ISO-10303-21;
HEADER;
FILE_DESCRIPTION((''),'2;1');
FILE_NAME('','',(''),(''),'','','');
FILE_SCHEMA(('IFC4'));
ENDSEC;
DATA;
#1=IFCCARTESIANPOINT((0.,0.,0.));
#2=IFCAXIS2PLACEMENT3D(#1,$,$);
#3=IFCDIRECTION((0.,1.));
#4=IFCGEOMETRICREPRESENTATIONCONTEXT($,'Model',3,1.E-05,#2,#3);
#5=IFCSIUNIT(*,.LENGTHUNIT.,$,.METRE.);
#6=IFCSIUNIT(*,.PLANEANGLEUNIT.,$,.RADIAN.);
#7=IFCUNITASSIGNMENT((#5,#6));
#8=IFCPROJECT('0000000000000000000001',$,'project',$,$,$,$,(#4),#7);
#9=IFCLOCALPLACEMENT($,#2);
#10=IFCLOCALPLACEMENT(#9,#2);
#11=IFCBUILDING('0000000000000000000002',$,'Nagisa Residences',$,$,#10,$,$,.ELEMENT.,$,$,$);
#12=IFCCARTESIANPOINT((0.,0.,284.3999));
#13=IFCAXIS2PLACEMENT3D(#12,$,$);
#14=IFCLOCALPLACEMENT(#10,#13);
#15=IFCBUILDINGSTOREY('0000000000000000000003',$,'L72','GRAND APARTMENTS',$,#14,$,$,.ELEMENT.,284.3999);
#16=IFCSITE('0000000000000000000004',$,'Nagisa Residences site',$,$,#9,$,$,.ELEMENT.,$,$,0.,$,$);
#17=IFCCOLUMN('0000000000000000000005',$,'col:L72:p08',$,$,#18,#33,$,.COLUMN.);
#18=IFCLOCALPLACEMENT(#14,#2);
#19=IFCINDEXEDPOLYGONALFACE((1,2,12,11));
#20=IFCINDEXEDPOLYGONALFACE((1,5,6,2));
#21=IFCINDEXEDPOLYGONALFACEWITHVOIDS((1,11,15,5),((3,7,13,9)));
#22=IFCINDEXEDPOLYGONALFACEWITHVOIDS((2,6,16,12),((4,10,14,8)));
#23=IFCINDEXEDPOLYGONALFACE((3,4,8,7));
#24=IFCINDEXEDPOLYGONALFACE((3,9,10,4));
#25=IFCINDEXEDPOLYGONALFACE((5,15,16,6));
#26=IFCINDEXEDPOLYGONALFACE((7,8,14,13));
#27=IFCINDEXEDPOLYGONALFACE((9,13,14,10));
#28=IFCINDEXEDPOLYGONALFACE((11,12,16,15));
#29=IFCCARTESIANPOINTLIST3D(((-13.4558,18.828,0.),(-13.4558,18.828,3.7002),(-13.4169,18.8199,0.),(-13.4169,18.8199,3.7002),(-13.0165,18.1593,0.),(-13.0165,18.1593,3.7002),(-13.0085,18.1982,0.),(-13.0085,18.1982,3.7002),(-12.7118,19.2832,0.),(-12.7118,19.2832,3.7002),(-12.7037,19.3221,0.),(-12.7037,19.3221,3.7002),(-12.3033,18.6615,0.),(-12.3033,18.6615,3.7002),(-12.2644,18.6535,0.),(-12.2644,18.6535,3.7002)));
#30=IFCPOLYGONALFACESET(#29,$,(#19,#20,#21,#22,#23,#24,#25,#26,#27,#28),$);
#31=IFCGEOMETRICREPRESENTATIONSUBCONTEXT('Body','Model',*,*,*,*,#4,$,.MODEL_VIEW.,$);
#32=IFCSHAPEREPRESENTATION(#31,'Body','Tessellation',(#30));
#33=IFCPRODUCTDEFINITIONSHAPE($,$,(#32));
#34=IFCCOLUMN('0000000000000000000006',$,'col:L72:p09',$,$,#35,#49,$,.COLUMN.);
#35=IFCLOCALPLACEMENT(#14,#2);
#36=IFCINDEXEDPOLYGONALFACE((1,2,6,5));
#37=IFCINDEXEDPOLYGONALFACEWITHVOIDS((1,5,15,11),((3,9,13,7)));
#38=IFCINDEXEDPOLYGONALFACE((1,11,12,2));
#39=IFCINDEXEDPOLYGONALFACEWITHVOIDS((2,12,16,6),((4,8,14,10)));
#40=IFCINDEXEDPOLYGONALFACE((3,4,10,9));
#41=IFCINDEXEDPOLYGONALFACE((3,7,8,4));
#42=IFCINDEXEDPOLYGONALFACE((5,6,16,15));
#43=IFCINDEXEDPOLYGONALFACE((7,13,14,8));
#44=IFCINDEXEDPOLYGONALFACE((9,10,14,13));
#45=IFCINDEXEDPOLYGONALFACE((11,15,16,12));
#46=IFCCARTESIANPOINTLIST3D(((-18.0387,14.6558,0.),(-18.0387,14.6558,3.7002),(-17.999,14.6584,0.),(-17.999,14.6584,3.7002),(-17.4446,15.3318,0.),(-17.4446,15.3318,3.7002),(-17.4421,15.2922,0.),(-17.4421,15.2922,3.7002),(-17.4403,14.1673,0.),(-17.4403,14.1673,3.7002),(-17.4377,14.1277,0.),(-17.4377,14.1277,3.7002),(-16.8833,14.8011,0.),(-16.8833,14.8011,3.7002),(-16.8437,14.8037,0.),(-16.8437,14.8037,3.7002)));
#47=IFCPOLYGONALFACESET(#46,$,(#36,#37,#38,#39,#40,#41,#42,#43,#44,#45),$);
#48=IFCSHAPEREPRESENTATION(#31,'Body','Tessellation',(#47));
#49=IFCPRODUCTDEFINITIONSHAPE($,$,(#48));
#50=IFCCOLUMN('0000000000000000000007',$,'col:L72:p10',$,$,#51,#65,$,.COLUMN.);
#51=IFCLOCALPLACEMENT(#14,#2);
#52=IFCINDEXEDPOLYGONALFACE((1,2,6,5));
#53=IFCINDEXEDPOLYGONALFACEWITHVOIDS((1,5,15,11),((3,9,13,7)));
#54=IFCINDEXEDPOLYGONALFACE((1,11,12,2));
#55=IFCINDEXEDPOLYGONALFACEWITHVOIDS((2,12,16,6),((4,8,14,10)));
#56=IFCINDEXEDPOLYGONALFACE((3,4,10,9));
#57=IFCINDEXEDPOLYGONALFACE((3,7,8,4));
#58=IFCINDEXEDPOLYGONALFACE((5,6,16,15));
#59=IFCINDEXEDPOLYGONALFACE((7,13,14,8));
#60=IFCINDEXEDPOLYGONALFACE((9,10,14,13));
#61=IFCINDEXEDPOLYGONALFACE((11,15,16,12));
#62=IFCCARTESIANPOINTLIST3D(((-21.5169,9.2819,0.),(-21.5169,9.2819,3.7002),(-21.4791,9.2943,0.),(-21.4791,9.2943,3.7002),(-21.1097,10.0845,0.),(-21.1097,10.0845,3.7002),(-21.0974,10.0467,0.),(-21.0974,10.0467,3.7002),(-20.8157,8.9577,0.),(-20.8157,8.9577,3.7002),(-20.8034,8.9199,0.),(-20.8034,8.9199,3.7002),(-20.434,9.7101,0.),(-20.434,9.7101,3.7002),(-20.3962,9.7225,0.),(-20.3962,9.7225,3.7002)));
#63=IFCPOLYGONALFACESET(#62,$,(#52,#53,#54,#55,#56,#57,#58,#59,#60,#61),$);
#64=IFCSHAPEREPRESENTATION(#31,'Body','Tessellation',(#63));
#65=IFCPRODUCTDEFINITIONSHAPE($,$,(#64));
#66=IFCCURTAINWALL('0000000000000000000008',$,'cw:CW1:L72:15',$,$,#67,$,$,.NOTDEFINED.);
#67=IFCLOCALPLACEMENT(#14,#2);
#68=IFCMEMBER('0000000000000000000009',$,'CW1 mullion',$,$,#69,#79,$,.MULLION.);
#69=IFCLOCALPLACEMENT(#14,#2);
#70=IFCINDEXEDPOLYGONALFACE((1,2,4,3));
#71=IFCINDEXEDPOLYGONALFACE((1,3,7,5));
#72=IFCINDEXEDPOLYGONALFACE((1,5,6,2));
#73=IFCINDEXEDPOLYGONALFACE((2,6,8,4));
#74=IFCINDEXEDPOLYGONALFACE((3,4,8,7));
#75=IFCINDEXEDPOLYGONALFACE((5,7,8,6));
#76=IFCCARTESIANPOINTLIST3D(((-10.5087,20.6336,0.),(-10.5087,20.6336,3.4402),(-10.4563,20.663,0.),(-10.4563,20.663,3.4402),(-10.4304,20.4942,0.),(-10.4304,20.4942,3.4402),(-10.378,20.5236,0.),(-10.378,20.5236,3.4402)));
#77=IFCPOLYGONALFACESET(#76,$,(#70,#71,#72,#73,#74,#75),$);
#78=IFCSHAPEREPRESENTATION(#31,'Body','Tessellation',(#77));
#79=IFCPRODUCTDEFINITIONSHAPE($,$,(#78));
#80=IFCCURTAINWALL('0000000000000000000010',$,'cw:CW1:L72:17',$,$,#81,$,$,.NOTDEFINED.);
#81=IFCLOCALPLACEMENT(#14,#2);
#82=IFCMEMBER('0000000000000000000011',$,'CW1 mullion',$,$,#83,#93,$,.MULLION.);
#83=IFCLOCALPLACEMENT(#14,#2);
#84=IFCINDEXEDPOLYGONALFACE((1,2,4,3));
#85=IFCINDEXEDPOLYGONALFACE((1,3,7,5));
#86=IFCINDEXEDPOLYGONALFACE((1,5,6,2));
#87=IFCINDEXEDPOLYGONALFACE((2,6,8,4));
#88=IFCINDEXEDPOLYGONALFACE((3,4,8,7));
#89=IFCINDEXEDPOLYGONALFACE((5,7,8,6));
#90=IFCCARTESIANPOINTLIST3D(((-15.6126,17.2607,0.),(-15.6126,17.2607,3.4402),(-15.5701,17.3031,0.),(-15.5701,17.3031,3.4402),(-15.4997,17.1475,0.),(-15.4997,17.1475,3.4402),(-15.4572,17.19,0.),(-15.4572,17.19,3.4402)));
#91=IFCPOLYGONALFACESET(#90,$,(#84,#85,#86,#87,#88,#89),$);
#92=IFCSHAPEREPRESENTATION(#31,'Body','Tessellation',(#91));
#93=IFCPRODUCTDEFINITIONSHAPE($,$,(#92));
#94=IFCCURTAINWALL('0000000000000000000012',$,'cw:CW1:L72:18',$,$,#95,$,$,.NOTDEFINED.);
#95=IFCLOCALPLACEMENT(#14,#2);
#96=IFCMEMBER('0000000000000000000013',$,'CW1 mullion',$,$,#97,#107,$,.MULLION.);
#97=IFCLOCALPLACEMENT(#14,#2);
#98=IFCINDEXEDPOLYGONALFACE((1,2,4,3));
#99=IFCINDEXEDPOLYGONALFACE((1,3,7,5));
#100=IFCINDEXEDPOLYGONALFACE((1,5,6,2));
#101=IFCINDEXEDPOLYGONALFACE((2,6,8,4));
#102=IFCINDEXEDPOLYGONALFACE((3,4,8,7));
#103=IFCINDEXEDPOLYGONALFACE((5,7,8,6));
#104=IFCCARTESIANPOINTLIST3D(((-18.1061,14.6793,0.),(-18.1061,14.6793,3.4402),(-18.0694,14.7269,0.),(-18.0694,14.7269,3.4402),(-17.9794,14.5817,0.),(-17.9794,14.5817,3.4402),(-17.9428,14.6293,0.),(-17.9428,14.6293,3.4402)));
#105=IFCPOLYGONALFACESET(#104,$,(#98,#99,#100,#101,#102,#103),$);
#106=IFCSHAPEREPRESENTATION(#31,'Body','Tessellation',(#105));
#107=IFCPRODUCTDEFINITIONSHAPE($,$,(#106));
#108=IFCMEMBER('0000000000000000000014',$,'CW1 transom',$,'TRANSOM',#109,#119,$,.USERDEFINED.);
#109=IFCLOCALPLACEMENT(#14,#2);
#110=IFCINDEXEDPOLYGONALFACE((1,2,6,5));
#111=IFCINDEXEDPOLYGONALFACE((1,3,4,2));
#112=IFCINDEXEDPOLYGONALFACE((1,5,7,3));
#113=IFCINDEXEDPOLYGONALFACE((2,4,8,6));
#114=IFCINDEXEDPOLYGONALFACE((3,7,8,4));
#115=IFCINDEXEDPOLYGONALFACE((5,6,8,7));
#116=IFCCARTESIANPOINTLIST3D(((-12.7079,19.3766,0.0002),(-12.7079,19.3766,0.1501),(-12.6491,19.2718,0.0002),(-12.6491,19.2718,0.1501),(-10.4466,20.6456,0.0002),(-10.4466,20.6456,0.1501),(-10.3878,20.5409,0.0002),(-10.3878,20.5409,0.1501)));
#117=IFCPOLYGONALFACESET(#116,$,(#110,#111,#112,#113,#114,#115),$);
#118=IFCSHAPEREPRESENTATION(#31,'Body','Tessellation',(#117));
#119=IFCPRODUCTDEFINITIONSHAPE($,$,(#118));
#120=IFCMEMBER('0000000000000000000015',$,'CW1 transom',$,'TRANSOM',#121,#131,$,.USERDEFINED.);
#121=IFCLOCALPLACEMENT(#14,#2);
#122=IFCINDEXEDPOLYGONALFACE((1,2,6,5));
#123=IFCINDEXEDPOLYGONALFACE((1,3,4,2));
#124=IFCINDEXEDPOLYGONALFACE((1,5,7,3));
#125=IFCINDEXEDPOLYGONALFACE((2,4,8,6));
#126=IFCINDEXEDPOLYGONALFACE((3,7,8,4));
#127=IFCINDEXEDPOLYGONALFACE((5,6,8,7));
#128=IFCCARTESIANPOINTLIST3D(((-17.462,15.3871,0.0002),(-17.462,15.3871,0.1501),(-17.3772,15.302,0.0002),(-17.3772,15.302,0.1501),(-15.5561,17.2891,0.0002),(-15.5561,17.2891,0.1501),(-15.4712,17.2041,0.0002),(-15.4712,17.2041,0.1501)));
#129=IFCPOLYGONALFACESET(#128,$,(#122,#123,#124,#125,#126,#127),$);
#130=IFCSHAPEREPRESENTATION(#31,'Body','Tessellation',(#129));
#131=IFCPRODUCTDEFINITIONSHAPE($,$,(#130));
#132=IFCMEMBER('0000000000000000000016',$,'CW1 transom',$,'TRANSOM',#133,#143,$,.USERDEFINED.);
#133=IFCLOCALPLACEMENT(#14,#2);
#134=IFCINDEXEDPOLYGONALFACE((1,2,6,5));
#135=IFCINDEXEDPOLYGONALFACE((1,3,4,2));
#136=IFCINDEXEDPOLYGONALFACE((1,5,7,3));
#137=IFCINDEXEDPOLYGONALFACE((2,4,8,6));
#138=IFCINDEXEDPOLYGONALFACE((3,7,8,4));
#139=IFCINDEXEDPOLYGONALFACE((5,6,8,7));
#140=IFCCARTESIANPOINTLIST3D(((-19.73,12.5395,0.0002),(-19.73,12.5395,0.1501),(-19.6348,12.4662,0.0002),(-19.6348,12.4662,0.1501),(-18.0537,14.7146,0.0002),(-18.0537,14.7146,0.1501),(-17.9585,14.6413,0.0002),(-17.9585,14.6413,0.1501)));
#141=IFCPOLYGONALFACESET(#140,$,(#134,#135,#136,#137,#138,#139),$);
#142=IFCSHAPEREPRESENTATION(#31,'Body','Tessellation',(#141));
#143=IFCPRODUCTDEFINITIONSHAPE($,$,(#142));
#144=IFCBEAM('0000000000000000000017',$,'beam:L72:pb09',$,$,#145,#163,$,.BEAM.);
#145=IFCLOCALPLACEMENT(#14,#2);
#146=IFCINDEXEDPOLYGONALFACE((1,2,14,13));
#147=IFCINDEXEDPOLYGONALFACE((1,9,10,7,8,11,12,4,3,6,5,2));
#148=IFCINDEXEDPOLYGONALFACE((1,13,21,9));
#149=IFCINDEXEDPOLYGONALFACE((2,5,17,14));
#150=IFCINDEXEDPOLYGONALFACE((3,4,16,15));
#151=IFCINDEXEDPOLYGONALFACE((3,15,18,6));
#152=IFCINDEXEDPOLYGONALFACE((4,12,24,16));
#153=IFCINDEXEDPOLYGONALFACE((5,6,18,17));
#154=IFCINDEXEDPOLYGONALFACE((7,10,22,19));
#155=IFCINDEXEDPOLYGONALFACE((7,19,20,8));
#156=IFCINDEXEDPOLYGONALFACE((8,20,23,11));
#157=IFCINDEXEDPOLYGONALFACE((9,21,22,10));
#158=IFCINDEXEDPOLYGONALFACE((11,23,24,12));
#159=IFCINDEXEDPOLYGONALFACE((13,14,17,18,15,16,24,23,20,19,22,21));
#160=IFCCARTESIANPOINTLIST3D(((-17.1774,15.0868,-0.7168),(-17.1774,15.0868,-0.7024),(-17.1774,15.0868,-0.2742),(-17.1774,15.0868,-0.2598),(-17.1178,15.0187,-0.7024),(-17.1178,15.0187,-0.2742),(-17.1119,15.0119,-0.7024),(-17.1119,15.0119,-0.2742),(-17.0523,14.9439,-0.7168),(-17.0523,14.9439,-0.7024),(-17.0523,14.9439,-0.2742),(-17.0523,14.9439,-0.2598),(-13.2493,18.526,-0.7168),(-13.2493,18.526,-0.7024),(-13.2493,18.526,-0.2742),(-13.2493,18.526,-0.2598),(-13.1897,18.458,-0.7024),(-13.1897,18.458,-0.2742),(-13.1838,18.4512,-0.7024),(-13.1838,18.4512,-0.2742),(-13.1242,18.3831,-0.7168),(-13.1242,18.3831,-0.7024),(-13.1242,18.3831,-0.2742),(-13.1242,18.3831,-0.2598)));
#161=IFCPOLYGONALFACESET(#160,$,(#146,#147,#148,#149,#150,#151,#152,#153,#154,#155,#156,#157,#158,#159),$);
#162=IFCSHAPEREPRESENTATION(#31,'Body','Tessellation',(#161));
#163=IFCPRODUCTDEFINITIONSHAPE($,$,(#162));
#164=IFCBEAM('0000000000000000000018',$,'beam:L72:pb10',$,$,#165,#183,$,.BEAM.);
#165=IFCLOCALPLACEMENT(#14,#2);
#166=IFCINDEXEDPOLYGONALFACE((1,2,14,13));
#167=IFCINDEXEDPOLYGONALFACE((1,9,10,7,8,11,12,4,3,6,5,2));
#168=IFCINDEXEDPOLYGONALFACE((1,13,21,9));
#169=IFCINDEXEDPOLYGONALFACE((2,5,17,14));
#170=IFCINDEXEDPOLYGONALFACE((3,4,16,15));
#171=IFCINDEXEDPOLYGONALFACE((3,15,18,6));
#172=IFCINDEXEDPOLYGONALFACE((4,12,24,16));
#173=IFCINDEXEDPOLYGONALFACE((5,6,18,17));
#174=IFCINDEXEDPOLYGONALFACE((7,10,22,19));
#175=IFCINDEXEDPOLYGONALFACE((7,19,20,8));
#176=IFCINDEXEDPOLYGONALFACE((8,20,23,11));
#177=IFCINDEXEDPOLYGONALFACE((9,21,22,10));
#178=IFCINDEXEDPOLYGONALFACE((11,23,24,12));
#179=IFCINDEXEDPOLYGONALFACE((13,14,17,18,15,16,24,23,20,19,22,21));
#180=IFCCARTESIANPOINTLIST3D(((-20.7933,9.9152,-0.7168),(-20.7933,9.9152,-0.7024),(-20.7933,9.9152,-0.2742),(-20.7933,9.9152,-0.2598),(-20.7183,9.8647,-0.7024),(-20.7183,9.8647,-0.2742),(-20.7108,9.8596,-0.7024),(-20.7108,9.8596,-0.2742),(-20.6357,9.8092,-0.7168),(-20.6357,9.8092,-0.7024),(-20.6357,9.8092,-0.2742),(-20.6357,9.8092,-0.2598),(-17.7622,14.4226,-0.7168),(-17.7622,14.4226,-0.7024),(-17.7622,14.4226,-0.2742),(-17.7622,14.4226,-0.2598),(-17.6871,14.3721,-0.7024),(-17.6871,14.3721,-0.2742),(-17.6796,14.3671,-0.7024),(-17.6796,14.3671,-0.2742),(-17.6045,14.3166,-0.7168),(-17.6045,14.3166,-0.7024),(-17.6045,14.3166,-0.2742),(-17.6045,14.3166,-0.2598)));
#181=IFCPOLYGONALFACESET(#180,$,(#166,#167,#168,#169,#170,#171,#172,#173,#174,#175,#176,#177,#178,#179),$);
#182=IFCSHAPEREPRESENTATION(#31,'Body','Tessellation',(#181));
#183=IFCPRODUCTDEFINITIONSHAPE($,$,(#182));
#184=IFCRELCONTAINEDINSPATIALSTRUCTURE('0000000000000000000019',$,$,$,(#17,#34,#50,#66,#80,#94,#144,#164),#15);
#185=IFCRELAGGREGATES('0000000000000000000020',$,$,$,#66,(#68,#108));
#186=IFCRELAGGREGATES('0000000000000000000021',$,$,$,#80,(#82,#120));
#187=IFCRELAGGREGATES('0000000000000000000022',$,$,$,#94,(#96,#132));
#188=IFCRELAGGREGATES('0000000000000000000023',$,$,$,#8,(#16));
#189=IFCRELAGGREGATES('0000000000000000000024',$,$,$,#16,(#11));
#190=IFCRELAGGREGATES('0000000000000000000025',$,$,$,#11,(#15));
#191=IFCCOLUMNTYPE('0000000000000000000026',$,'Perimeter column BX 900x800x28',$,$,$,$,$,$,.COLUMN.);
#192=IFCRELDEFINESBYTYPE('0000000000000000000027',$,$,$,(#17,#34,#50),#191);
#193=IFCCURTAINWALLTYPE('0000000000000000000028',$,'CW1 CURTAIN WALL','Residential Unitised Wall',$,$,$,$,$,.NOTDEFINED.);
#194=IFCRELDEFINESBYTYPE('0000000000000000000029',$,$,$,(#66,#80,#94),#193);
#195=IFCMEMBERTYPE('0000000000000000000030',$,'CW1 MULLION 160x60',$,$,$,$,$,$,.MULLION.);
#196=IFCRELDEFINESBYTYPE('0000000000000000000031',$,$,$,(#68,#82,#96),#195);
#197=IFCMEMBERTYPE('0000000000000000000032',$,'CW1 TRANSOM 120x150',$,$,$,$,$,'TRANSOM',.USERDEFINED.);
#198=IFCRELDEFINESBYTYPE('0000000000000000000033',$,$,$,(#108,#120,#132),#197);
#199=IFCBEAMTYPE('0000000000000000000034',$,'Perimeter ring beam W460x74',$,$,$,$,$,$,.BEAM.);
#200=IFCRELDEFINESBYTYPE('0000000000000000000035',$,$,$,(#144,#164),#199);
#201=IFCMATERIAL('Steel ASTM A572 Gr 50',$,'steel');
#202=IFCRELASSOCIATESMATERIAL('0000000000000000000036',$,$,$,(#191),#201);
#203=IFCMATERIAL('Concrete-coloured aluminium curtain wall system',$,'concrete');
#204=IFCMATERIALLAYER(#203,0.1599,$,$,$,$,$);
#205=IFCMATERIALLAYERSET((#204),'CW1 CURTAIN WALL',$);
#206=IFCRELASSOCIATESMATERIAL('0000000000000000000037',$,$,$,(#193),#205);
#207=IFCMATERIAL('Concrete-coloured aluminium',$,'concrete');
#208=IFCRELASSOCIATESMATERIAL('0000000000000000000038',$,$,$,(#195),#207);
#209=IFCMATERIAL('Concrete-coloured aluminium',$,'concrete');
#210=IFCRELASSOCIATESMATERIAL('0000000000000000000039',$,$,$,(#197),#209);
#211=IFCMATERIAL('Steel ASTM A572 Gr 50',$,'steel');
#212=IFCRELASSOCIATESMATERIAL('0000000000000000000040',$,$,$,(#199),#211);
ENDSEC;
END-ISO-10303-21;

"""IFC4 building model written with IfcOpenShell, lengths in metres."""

from ifc_helpers import new_model, si_unit, direction, frame, origin, origin_2d, place, context, subcontext, project, spatial, rectangle, hollow_rectangle, i_section, extrude, material, layer, layer_set, material_profile, profile_set, type_object, element, aggregate, save


model = new_model("IFC4")

# Units and contexts
model_context = context("Model", 3, precision=1e-05, world=origin(), true_north=direction((0.0, 1.0)))
body_context = subcontext(model_context, "Body", "Model", "MODEL_VIEW")
ifc_project = project(units=[si_unit("LENGTHUNIT", "METRE"), si_unit("PLANEANGLEUNIT", "RADIAN")], contexts=[model_context])

# Site, building, storey
site_placement = place(None, origin())
site = spatial("IfcSite", under=ifc_project, at=site_placement, Name="Nagisa Residences site", CompositionType="ELEMENT", RefElevation=0.0)
building_placement = place(site_placement, origin())
building = spatial("IfcBuilding", under=site, at=building_placement, Name="Nagisa Residences", CompositionType="ELEMENT")
storey_placement = place(building_placement, frame((0.0, 0.0, 284.3999)))
storey = spatial("IfcBuildingStorey", under=building, at=storey_placement, Name="L72", Description="GRAND APARTMENTS", CompositionType="ELEMENT", Elevation=284.3999)

# Columns
ifc_material_1 = material(Name="Steel ASTM A572 Gr 50", Category="steel")
ifc_material_profile_1 = material_profile(ifc_material_1, hollow_rectangle(XDim=0.8999, YDim=0.8, WallThickness=0.0281, at=origin_2d()), Name="BX 900x800x28")
ifc_profile_set_1 = profile_set([ifc_material_profile_1], Name="Steel ASTM A572 Gr 50")
column_type = type_object("IfcColumnType", Name="Perimeter column BX 900x800x28", PredefinedType="COLUMN", material=ifc_profile_set_1)
for number, where, z_axis, x_axis, name in (
    (1, (-12.8601, 18.7407, 0.0), (0.0, 0.0, 1.0), (-0.835766, -0.549086, 0.0), "col:L72:p08"),
    (2, (-17.4412, 14.7297, 0.0), (0.0, 0.0, 1.0), (-0.660115, -0.751165, 0.0), "col:L72:p09"),
    (3, (-20.9565, 9.5022, 0.0), (0.0, 0.0, 1.0), (-0.452463, -0.891783, 0.0), "col:L72:p10"),
):
    element("IfcColumn", number, at=place(storey_placement, frame(where, z_axis=z_axis, x_axis=x_axis)), inside=storey, type_object=column_type, Name=name, PredefinedType="COLUMN", context=body_context, shape_type="SweptSolid", body=[
        extrude(hollow_rectangle(XDim=0.8999, YDim=0.8, WallThickness=0.0281, at=origin_2d()), origin(), (0.0, 0.0, 1.0), 3.7002),
    ])

# Curtain walls, members
ifc_material_2 = material(Name="Concrete-coloured aluminium curtain wall system", Category="concrete")
ifc_layer_1 = layer(ifc_material_2, 0.1599)
ifc_layer_set_1 = layer_set([ifc_layer_1], Name="CW1 CURTAIN WALL")
curtain_wall_type = type_object("IfcCurtainWallType", Name="CW1 CURTAIN WALL", Description="Residential Unitised Wall", PredefinedType="NOTDEFINED", material=ifc_layer_set_1)
curtain_wall_1_placement = place(storey_placement, origin())
curtain_wall_1 = element("IfcCurtainWall", 4, at=curtain_wall_1_placement, inside=storey, type_object=curtain_wall_type, Name="cw:CW1:L72:15", PredefinedType="NOTDEFINED")
ifc_material_3 = material(Name="Concrete-coloured aluminium", Category="concrete")
ifc_material_profile_2 = material_profile(ifc_material_3, rectangle(XDim=0.1599, YDim=0.0601, at=origin_2d()), Name="CW1 MULLION 160x60")
ifc_profile_set_2 = profile_set([ifc_material_profile_2], Name="Concrete-coloured aluminium")
member_type_1 = type_object("IfcMemberType", Name="CW1 MULLION 160x60", PredefinedType="MULLION", material=ifc_profile_set_2)
member_1_placement = place(storey_placement, frame((-10.4434, 20.5786, 0.0), z_axis=(0.0, 0.0, 1.0), x_axis=(0.489377, -0.872072, 0.0)))
member_1 = element("IfcMember", 5, at=member_1_placement, type_object=member_type_1, Name="CW1 mullion", PredefinedType="MULLION", context=body_context, shape_type="SweptSolid", body=[
    extrude(rectangle(XDim=0.1599, YDim=0.0601, at=origin_2d()), origin(), (0.0, 0.0, 1.0), 3.4402),
])
curtain_wall_2_placement = place(storey_placement, origin())
curtain_wall_2 = element("IfcCurtainWall", 6, at=curtain_wall_2_placement, inside=storey, type_object=curtain_wall_type, Name="cw:CW1:L72:17", PredefinedType="NOTDEFINED")
member_2_placement = place(storey_placement, frame((-15.5349, 17.2253, 0.0), z_axis=(0.0, 0.0, 1.0), x_axis=(0.706377, -0.707836, 0.0)))
member_2 = element("IfcMember", 7, at=member_2_placement, type_object=member_type_1, Name="CW1 mullion", PredefinedType="MULLION", context=body_context, shape_type="SweptSolid", body=[
    extrude(rectangle(XDim=0.1599, YDim=0.0601, at=origin_2d()), origin(), (0.0, 0.0, 1.0), 3.4402),
])
curtain_wall_3_placement = place(storey_placement, origin())
curtain_wall_3 = element("IfcCurtainWall", 8, at=curtain_wall_3_placement, inside=storey, type_object=curtain_wall_type, Name="cw:CW1:L72:18", PredefinedType="NOTDEFINED")
member_3_placement = place(storey_placement, frame((-18.0244, 14.6543, 0.0), z_axis=(0.0, 0.0, 1.0), x_axis=(0.79207, -0.61043, 0.0)))
member_3 = element("IfcMember", 9, at=member_3_placement, type_object=member_type_1, Name="CW1 mullion", PredefinedType="MULLION", context=body_context, shape_type="SweptSolid", body=[
    extrude(rectangle(XDim=0.1599, YDim=0.0601, at=origin_2d()), origin(), (0.0, 0.0, 1.0), 3.4402),
])

# Members
ifc_material_4 = material(Name="Concrete-coloured aluminium", Category="concrete")
ifc_material_profile_3 = material_profile(ifc_material_4, rectangle(XDim=0.1201, YDim=0.1499, at=origin_2d()), Name="CW1 TRANSOM 120x150")
ifc_profile_set_3 = profile_set([ifc_material_profile_3], Name="Concrete-coloured aluminium")
member_type_2 = type_object("IfcMemberType", Name="CW1 TRANSOM 120x150", ElementType="TRANSOM", PredefinedType="USERDEFINED", material=ifc_profile_set_3)
member_4_placement = place(storey_placement, frame((-10.4172, 20.5933, 0.0752), z_axis=(-0.872053, -0.489412, 0.0), x_axis=(0.489412, -0.872053, 0.0)))
member_4 = element("IfcMember", 10, at=member_4_placement, type_object=member_type_2, Name="CW1 transom", ObjectType="TRANSOM", PredefinedType="USERDEFINED", context=body_context, shape_type="SweptSolid", body=[
    extrude(rectangle(XDim=0.1201, YDim=0.1499, at=origin_2d()), origin(), (0.0, 0.0, 1.0), 2.593),
])
member_5_placement = place(storey_placement, frame((-15.5137, 17.2466, 0.0752), z_axis=(-0.707832, -0.706381, 0.0), x_axis=(0.706381, -0.707832, 0.0)))
member_5 = element("IfcMember", 11, at=member_5_placement, type_object=member_type_2, Name="CW1 transom", ObjectType="TRANSOM", PredefinedType="USERDEFINED", context=body_context, shape_type="SweptSolid", body=[
    extrude(rectangle(XDim=0.1201, YDim=0.1499, at=origin_2d()), origin(), (0.0, 0.0, 1.0), 2.6926),
])
member_6_placement = place(storey_placement, frame((-18.0061, 14.678, 0.0752), z_axis=(-0.610432, -0.792068, 0.0), x_axis=(0.792068, -0.610432, 0.0)))
member_6 = element("IfcMember", 12, at=member_6_placement, type_object=member_type_2, Name="CW1 transom", ObjectType="TRANSOM", PredefinedType="USERDEFINED", context=body_context, shape_type="SweptSolid", body=[
    extrude(rectangle(XDim=0.1201, YDim=0.1499, at=origin_2d()), origin(), (0.0, 0.0, 1.0), 2.7461),
])

# Beams
ifc_material_5 = material(Name="Steel ASTM A572 Gr 50", Category="steel")
ifc_material_profile_4 = material_profile(ifc_material_5, i_section(OverallWidth=0.1899, OverallDepth=0.457, WebThickness=0.009, FlangeThickness=0.0144, at=origin_2d()), Name="W460x74")
ifc_profile_set_4 = profile_set([ifc_material_profile_4], Name="Steel ASTM A572 Gr 50")
beam_type_1 = type_object("IfcBeamType", Name="Perimeter ring beam W460x74", PredefinedType="BEAM", material=ifc_profile_set_4)
beam_1_placement = place(storey_placement, frame((-13.1868, 18.4546, -0.4883), z_axis=(-0.752365, -0.658746, 0.0), x_axis=(0.658746, -0.752365, 0.0)))
element("IfcBeam", 13, at=beam_1_placement, inside=storey, type_object=beam_type_1, Name="beam:L72:pb09", PredefinedType="BEAM", context=body_context, shape_type="SweptSolid", body=[
    extrude(i_section(OverallWidth=0.1899, OverallDepth=0.457, WebThickness=0.009, FlangeThickness=0.0144, at=origin_2d()), origin(), (0.0, 0.0, 1.0), 5.2209),
])
beam_2_placement = place(storey_placement, frame((-17.6833, 14.3696, -0.4883), z_axis=(-0.558035, -0.829817, 0.0), x_axis=(0.829817, -0.558035, 0.0)))
element("IfcBeam", 14, at=beam_2_placement, inside=storey, type_object=beam_type_1, Name="beam:L72:pb10", PredefinedType="BEAM", context=body_context, shape_type="SweptSolid", body=[
    extrude(i_section(OverallWidth=0.1899, OverallDepth=0.457, WebThickness=0.009, FlangeThickness=0.0144, at=origin_2d()), origin(), (0.0, 0.0, 1.0), 5.4319),
])

aggregate(curtain_wall_1, [member_1, member_4])
aggregate(curtain_wall_2, [member_2, member_5])
aggregate(curtain_wall_3, [member_3, member_6])

save(model, "model.ifc")
